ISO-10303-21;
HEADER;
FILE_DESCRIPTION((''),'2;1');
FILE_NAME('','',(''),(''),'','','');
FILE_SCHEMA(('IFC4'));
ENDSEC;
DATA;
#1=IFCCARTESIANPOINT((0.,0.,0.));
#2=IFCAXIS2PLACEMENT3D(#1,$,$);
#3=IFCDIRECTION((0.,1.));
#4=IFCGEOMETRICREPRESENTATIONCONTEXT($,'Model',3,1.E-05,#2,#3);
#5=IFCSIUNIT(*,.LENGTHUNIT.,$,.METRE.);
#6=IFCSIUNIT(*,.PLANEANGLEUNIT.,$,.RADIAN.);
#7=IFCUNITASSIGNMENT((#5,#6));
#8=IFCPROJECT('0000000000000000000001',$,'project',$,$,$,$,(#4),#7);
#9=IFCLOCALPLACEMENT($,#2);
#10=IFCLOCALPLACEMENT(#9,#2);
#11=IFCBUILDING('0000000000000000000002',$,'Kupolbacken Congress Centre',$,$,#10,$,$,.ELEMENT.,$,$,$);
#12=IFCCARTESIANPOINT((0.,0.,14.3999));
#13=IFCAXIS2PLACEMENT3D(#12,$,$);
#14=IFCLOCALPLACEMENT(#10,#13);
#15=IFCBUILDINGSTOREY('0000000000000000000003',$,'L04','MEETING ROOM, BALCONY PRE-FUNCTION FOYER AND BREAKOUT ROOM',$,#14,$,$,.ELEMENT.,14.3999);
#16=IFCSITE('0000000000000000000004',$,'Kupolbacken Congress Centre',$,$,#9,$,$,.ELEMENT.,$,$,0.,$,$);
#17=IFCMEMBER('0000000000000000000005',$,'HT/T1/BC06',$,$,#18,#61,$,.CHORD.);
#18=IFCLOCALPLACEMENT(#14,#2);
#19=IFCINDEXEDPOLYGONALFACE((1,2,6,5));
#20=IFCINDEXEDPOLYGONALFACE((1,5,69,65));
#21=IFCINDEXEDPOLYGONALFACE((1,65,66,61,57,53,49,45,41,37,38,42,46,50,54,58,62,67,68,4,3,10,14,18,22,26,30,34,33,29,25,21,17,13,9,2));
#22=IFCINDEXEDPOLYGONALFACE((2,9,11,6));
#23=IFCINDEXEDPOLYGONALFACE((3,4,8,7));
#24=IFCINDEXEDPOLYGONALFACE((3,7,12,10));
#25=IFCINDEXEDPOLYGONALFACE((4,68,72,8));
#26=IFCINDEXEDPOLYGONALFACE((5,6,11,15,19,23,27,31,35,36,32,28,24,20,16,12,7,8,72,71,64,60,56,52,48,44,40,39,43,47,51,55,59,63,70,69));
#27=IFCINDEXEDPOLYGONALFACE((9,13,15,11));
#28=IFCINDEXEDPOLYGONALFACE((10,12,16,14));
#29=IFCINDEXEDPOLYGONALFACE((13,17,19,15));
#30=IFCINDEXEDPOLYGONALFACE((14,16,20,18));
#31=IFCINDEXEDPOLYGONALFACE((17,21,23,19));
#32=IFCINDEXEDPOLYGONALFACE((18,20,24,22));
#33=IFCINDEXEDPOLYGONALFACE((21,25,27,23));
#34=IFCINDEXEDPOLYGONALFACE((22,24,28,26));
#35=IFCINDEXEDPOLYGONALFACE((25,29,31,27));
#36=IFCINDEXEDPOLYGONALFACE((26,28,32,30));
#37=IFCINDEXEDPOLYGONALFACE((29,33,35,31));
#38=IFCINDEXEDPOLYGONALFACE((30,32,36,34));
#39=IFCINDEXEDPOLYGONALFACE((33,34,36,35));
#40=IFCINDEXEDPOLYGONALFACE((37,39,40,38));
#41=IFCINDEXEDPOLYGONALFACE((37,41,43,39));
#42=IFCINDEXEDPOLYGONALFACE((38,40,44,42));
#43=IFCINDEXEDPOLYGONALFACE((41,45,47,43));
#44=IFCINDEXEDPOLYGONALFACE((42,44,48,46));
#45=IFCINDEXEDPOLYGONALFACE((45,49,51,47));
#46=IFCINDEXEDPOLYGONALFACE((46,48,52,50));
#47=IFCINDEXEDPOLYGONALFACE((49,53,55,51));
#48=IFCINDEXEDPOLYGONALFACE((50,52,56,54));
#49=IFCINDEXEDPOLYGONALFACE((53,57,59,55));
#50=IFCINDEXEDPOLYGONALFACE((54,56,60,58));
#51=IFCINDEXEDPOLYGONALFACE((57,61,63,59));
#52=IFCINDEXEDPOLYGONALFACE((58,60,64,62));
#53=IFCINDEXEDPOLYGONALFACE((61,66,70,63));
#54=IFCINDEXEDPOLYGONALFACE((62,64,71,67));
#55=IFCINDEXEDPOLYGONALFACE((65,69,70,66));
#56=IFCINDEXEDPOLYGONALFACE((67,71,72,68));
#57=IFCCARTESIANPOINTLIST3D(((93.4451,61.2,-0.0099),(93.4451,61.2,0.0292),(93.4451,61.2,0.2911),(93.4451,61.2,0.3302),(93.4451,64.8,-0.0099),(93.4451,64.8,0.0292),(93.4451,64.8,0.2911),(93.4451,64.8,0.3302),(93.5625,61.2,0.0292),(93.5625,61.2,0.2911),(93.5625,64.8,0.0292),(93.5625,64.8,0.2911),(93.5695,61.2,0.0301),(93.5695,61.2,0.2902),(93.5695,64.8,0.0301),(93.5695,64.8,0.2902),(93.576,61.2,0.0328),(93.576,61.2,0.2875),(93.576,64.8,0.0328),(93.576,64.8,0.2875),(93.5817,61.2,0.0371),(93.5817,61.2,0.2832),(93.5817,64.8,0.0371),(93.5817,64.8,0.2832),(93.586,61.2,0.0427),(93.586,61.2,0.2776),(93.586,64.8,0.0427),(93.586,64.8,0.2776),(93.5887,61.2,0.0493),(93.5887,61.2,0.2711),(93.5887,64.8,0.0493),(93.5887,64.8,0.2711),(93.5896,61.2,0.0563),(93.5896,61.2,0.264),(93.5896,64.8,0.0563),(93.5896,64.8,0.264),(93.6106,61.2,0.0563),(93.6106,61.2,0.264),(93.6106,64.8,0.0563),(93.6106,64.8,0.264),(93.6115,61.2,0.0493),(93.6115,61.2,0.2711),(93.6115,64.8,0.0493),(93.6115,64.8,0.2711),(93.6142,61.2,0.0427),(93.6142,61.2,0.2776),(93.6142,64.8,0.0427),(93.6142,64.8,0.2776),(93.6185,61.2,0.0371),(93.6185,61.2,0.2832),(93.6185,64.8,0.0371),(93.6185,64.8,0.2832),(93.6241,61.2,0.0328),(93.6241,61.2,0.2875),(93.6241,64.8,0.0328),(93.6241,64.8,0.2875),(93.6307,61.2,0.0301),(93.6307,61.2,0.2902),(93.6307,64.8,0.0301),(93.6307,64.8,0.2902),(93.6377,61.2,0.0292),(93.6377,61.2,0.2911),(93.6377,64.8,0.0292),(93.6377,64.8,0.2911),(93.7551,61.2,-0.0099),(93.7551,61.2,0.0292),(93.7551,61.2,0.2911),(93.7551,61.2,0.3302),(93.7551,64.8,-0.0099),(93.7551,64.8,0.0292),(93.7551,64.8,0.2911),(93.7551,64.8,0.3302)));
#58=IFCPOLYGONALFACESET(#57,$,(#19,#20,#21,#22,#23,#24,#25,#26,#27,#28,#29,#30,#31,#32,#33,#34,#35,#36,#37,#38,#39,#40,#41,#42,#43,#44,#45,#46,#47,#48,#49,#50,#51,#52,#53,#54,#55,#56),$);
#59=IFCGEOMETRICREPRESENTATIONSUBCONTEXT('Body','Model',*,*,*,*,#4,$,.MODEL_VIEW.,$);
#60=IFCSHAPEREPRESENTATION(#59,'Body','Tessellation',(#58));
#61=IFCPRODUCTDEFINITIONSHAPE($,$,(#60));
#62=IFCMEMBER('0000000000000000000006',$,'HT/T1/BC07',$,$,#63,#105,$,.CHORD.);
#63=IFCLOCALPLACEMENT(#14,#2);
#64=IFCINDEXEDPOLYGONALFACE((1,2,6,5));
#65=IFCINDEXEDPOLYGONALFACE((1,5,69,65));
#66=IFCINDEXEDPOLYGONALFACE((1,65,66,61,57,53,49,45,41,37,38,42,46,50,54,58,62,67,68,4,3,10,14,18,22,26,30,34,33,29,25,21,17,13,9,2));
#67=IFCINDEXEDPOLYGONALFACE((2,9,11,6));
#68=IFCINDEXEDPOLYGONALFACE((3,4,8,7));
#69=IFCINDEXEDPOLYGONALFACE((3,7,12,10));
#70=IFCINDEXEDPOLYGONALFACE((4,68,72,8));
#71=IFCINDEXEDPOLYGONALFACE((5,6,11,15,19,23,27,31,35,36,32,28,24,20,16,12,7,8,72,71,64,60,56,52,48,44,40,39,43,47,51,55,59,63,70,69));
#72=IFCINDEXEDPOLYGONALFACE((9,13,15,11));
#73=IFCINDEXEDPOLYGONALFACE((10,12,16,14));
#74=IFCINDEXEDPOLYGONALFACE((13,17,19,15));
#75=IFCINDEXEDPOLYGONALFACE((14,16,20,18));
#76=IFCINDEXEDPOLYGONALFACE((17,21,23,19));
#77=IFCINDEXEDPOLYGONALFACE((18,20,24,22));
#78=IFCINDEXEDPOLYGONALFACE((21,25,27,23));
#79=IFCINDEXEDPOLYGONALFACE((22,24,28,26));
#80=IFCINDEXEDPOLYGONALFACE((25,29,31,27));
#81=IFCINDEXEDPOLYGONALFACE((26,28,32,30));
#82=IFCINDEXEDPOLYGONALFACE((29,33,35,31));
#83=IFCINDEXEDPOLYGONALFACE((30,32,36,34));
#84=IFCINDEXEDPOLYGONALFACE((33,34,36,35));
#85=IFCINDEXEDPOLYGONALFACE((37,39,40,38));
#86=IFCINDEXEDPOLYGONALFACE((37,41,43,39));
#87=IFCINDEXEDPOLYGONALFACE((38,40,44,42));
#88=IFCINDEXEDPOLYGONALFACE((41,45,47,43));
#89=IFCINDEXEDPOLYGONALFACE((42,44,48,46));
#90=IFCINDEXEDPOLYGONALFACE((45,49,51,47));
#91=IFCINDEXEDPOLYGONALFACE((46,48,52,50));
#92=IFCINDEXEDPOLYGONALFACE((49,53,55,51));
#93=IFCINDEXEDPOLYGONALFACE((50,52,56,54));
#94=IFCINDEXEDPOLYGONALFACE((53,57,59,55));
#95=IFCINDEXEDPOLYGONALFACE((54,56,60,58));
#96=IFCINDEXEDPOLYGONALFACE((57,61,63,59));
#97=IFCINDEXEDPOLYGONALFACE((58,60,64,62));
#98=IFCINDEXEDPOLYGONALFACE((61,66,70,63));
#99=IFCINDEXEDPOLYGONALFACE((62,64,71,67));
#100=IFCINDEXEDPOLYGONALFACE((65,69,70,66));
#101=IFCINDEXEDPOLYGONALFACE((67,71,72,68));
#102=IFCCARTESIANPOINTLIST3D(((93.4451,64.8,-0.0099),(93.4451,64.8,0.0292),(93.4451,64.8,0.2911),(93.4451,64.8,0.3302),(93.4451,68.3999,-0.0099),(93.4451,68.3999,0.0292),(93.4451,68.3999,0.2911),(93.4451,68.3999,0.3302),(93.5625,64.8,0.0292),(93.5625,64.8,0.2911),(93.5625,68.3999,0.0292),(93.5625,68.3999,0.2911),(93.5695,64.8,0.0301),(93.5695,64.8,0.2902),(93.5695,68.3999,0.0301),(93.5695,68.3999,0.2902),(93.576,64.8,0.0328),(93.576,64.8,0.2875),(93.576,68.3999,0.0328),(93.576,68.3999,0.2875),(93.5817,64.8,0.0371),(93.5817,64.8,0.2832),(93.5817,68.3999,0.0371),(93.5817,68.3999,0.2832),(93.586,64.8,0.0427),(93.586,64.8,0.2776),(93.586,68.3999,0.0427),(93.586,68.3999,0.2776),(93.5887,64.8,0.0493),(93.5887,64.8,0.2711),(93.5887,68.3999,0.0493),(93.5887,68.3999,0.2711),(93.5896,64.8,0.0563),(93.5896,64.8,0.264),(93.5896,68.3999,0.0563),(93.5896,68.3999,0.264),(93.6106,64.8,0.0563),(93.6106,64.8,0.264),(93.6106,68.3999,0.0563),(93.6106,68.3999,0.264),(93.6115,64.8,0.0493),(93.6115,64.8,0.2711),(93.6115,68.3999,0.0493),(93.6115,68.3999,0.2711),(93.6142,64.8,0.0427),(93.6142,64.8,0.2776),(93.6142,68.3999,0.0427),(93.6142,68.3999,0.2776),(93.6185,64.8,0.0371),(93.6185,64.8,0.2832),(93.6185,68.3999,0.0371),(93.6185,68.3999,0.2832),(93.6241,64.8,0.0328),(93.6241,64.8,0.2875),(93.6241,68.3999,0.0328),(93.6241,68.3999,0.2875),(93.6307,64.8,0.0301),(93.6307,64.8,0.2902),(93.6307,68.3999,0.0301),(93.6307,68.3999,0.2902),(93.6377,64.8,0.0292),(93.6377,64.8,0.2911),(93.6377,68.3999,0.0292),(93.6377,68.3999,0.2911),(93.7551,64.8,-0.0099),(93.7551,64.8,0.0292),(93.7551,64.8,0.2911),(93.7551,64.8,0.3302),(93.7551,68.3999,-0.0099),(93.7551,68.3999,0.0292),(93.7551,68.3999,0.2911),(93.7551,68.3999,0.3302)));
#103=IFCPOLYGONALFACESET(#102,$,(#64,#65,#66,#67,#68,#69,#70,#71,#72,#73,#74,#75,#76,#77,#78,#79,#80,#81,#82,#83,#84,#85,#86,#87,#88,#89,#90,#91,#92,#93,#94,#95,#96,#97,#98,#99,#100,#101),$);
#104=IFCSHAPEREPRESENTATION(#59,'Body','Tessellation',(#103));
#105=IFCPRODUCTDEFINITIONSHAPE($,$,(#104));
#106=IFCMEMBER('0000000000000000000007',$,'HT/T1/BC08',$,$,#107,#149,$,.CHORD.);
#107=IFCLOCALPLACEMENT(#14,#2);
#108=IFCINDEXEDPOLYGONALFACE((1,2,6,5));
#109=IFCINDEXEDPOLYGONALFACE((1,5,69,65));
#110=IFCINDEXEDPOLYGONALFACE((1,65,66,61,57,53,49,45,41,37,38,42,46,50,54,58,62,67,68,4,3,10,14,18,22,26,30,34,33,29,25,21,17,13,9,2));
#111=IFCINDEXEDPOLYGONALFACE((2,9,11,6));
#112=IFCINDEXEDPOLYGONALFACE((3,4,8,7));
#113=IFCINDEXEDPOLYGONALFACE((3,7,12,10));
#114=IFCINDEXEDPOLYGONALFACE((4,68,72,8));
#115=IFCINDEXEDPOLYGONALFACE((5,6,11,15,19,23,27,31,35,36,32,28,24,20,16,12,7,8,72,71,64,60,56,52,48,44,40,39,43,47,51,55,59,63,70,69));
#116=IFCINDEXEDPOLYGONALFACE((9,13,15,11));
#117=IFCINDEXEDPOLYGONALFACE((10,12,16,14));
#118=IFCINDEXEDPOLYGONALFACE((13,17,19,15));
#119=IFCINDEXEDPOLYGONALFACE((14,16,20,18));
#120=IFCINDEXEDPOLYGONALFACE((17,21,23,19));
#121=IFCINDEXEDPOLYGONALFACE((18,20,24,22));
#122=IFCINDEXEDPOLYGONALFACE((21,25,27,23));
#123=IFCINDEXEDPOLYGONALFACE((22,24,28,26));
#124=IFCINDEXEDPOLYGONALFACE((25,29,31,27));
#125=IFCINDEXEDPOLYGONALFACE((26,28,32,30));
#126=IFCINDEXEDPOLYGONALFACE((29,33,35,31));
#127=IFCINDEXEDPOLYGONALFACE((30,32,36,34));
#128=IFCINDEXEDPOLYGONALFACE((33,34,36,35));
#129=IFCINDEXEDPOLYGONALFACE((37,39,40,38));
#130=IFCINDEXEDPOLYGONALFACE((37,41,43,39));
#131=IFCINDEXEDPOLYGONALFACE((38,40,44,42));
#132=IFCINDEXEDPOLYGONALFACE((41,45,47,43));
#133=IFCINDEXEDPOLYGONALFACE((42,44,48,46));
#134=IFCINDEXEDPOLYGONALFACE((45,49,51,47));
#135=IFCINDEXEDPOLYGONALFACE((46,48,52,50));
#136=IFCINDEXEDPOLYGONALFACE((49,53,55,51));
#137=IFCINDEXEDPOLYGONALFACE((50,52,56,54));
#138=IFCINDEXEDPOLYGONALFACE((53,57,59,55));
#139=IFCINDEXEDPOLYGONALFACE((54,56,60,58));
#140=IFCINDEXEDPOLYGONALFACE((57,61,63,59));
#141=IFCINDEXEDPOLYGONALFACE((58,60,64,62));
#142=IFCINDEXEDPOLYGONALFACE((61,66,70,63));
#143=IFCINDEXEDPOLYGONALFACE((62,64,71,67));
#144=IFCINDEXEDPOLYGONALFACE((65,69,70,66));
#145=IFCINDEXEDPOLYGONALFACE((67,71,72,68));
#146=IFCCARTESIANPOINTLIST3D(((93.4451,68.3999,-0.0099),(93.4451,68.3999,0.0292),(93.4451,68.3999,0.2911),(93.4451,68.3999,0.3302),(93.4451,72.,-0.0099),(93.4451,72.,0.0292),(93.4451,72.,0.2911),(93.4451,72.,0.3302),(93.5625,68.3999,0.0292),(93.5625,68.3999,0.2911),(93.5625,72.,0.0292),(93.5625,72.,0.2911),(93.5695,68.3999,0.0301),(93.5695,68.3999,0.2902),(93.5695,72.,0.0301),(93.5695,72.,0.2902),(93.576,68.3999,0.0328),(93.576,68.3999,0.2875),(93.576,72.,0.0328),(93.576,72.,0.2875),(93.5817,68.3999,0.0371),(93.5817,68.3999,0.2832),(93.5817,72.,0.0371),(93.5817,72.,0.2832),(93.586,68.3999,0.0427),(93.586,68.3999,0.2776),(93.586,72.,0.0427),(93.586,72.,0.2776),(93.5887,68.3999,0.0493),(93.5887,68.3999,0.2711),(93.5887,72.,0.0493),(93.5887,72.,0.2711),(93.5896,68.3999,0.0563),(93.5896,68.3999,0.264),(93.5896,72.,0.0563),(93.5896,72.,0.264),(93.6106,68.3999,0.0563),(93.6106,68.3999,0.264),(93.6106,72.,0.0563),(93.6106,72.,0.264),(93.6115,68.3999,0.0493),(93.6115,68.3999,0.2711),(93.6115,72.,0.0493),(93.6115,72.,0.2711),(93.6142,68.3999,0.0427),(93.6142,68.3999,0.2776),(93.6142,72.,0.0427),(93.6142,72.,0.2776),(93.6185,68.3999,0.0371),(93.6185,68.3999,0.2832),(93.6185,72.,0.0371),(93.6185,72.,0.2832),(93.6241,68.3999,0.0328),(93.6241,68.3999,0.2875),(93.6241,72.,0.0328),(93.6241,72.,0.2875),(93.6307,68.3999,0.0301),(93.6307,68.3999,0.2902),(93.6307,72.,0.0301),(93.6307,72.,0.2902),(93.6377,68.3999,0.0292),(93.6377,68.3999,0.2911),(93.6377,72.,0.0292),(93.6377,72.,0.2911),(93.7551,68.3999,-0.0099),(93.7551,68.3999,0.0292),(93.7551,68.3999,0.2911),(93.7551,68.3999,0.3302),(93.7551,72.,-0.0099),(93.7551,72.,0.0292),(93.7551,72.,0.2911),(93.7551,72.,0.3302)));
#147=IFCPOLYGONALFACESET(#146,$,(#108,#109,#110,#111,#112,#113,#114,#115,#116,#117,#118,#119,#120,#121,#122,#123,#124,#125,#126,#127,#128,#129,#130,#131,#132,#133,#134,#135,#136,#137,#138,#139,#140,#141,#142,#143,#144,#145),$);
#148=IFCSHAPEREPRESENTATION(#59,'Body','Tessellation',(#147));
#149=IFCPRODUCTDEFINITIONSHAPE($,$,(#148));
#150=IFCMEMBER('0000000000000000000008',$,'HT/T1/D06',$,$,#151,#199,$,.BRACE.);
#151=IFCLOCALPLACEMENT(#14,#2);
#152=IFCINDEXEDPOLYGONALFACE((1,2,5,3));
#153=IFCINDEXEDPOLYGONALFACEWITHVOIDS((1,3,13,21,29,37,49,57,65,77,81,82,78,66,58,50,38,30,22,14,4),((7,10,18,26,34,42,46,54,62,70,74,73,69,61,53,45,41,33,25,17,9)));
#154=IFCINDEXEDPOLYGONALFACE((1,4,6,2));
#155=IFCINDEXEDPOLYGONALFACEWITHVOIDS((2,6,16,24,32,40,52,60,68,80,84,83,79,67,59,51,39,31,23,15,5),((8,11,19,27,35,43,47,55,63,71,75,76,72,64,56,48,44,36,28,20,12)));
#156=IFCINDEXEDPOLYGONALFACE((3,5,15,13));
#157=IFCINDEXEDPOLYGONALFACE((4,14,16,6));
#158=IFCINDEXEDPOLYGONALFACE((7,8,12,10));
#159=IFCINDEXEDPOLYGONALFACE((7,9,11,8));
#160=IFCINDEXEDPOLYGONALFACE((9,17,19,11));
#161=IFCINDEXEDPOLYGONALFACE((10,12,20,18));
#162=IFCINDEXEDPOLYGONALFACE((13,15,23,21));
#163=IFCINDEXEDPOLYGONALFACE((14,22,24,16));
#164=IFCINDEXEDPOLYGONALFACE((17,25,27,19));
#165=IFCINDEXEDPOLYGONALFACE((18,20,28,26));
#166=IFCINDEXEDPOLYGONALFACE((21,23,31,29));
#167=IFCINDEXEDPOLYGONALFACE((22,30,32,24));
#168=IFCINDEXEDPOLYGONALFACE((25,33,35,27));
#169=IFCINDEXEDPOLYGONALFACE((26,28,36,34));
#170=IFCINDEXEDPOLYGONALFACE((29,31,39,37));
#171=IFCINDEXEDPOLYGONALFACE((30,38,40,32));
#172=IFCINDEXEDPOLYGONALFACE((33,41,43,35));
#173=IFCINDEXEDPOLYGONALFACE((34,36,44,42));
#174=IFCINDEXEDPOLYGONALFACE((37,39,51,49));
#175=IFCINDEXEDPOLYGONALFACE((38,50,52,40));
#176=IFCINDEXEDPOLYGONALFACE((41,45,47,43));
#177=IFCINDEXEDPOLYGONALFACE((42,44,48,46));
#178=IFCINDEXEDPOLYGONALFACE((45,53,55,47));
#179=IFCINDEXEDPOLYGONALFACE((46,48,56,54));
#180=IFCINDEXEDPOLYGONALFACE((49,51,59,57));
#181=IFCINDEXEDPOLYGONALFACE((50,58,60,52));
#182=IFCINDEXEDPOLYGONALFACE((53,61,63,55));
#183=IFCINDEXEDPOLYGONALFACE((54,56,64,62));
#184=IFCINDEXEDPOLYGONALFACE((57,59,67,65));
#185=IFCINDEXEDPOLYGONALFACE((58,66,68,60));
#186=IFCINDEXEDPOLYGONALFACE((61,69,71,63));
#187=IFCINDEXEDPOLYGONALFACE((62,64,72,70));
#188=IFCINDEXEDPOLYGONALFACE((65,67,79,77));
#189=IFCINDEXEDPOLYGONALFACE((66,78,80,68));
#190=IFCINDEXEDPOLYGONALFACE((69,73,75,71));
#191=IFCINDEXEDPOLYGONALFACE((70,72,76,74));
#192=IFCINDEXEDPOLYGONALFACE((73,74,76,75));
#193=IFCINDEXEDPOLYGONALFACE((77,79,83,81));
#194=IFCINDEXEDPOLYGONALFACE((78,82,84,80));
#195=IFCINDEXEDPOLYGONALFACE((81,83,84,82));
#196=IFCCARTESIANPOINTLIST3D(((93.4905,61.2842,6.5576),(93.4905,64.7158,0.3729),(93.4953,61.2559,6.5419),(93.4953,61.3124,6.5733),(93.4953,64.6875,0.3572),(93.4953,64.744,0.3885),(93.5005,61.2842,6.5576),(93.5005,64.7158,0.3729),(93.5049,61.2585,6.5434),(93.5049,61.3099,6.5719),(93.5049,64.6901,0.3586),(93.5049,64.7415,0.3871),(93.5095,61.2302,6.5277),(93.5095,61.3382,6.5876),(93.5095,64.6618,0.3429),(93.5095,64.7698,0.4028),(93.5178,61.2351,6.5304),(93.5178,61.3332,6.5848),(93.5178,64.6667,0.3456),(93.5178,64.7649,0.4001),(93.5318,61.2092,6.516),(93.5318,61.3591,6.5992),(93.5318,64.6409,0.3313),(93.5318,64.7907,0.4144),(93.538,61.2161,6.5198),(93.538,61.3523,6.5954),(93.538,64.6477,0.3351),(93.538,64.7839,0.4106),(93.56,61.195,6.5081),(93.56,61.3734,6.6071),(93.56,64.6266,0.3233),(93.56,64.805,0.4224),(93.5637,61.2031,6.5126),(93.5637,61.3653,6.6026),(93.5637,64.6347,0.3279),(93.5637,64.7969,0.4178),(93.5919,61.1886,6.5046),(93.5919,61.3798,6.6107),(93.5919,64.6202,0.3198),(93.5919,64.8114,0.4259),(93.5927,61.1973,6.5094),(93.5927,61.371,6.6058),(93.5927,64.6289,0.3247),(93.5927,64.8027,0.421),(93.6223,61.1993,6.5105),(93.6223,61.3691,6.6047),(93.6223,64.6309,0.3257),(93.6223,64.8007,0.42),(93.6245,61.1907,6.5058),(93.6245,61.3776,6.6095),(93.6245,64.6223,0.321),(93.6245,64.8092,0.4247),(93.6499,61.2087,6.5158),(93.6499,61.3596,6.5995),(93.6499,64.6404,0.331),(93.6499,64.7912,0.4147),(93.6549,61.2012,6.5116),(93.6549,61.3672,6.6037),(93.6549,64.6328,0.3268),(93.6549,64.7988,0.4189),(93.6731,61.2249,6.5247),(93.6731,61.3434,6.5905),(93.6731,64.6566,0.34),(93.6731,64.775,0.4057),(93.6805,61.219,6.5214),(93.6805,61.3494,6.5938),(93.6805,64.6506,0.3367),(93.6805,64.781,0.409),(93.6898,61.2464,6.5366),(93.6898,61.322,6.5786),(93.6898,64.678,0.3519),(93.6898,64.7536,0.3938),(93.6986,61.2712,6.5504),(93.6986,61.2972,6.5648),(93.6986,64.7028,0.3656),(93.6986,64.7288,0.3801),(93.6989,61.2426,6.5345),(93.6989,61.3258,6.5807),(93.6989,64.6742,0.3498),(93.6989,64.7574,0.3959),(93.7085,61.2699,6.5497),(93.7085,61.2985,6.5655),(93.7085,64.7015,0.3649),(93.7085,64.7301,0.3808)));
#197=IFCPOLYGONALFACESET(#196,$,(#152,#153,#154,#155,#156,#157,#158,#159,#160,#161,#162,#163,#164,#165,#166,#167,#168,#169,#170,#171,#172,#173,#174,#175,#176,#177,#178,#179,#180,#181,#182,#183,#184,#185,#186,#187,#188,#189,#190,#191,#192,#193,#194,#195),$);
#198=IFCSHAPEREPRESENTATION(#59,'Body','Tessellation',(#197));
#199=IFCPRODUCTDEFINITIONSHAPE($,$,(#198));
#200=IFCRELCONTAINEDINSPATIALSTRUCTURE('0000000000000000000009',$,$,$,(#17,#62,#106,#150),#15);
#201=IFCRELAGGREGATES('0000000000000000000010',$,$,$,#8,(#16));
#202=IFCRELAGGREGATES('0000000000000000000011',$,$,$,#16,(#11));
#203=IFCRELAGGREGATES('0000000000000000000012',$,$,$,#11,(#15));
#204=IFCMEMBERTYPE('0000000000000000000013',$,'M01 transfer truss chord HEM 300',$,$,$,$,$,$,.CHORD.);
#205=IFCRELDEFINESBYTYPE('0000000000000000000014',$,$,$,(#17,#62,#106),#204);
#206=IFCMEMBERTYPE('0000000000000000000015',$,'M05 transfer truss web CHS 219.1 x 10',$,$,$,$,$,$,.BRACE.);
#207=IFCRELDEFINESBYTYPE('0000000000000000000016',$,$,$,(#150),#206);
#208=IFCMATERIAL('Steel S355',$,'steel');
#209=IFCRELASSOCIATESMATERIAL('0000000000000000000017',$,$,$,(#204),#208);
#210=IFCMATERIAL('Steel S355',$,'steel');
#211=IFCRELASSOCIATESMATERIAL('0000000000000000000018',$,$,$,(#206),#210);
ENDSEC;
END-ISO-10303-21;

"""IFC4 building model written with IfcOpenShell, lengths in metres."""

from ifc_helpers import new_model, si_unit, direction, frame, origin, origin_2d, place, context, subcontext, project, spatial, hollow_circle, i_section, extrude, material, material_profile, profile_set, type_object, element, save


model = new_model("IFC4")

# Units and contexts
model_context = context("Model", 3, precision=1e-05, world=origin(), true_north=direction((0.0, 1.0)))
body_context = subcontext(model_context, "Body", "Model", "MODEL_VIEW")
ifc_project = project(units=[si_unit("LENGTHUNIT", "METRE"), si_unit("PLANEANGLEUNIT", "RADIAN")], contexts=[model_context])

# Site, building, storey
site_placement = place(None, origin())
site = spatial("IfcSite", under=ifc_project, at=site_placement, Name="Kupolbacken Congress Centre", CompositionType="ELEMENT", RefElevation=0.0)
building_placement = place(site_placement, origin())
building = spatial("IfcBuilding", under=site, at=building_placement, Name="Kupolbacken Congress Centre", CompositionType="ELEMENT")
storey_placement = place(building_placement, frame((0.0, 0.0, 14.3999)))
storey = spatial("IfcBuildingStorey", under=building, at=storey_placement, Name="L04", Description="MEETING ROOM, BALCONY PRE-FUNCTION FOYER AND BREAKOUT ROOM", CompositionType="ELEMENT", Elevation=14.3999)

# Members
ifc_material_1 = material(Name="Steel S355", Category="steel")
ifc_material_profile_1 = material_profile(ifc_material_1, i_section(OverallWidth=0.3101, OverallDepth=0.3401, WebThickness=0.021, FlangeThickness=0.0391, FilletRadius=0.0271, at=origin_2d()), Name="HEM 300")
ifc_profile_set_1 = profile_set([ifc_material_profile_1], Name="Steel S355")
member_type_1 = type_object("IfcMemberType", Name="M01 transfer truss chord HEM 300", PredefinedType="CHORD", material=ifc_profile_set_1)
member_1_placement = place(storey_placement, frame((93.6001, 61.2, 0.1602), z_axis=(0.0, 1.0, 0.0), x_axis=(-1.0, 0.0, 0.0)))
element("IfcMember", 1, at=member_1_placement, inside=storey, type_object=member_type_1, Name="HT/T1/BC06", PredefinedType="CHORD", context=body_context, shape_type="SweptSolid", body=[
    extrude(i_section(OverallWidth=0.3101, OverallDepth=0.3401, WebThickness=0.021, FlangeThickness=0.0391, FilletRadius=0.0271, at=origin_2d()), origin(), (0.0, 0.0, 1.0), 3.6001),
])
member_2_placement = place(storey_placement, frame((93.6001, 64.8, 0.1602), z_axis=(0.0, 1.0, 0.0), x_axis=(-1.0, 0.0, 0.0)))
element("IfcMember", 2, at=member_2_placement, inside=storey, type_object=member_type_1, Name="HT/T1/BC07", PredefinedType="CHORD", context=body_context, shape_type="SweptSolid", body=[
    extrude(i_section(OverallWidth=0.3101, OverallDepth=0.3401, WebThickness=0.021, FlangeThickness=0.0391, FilletRadius=0.0271, at=origin_2d()), origin(), (0.0, 0.0, 1.0), 3.5999),
])
member_3_placement = place(storey_placement, frame((93.6001, 68.3999, 0.1602), z_axis=(0.0, 1.0, 0.0), x_axis=(-1.0, 0.0, 0.0)))
element("IfcMember", 3, at=member_3_placement, inside=storey, type_object=member_type_1, Name="HT/T1/BC08", PredefinedType="CHORD", context=body_context, shape_type="SweptSolid", body=[
    extrude(i_section(OverallWidth=0.3101, OverallDepth=0.3401, WebThickness=0.021, FlangeThickness=0.0391, FilletRadius=0.0271, at=origin_2d()), origin(), (0.0, 0.0, 1.0), 3.6001),
])
ifc_material_2 = material(Name="Steel S355", Category="steel")
ifc_material_profile_2 = material_profile(ifc_material_2, hollow_circle(Radius=0.1096, WallThickness=0.01, at=origin_2d()), Name="CHS 219.1 x 10")
ifc_profile_set_2 = profile_set([ifc_material_profile_2], Name="Steel S355")
member_type_2 = type_object("IfcMemberType", Name="M05 transfer truss web CHS 219.1 x 10", PredefinedType="BRACE", material=ifc_profile_set_2)
member_4_placement = place(storey_placement, frame((93.6001, 61.2842, 6.5576), z_axis=(0.0, 0.485171, -0.874419), x_axis=(-1.0, 0.0, 0.0)))
element("IfcMember", 4, at=member_4_placement, inside=storey, type_object=member_type_2, Name="HT/T1/D06", PredefinedType="BRACE", context=body_context, shape_type="SweptSolid", body=[
    extrude(hollow_circle(Radius=0.1096, WallThickness=0.01, at=origin_2d()), origin(), (0.0, 0.0, 1.0), 7.073),
])

save(model, "model.ifc")
